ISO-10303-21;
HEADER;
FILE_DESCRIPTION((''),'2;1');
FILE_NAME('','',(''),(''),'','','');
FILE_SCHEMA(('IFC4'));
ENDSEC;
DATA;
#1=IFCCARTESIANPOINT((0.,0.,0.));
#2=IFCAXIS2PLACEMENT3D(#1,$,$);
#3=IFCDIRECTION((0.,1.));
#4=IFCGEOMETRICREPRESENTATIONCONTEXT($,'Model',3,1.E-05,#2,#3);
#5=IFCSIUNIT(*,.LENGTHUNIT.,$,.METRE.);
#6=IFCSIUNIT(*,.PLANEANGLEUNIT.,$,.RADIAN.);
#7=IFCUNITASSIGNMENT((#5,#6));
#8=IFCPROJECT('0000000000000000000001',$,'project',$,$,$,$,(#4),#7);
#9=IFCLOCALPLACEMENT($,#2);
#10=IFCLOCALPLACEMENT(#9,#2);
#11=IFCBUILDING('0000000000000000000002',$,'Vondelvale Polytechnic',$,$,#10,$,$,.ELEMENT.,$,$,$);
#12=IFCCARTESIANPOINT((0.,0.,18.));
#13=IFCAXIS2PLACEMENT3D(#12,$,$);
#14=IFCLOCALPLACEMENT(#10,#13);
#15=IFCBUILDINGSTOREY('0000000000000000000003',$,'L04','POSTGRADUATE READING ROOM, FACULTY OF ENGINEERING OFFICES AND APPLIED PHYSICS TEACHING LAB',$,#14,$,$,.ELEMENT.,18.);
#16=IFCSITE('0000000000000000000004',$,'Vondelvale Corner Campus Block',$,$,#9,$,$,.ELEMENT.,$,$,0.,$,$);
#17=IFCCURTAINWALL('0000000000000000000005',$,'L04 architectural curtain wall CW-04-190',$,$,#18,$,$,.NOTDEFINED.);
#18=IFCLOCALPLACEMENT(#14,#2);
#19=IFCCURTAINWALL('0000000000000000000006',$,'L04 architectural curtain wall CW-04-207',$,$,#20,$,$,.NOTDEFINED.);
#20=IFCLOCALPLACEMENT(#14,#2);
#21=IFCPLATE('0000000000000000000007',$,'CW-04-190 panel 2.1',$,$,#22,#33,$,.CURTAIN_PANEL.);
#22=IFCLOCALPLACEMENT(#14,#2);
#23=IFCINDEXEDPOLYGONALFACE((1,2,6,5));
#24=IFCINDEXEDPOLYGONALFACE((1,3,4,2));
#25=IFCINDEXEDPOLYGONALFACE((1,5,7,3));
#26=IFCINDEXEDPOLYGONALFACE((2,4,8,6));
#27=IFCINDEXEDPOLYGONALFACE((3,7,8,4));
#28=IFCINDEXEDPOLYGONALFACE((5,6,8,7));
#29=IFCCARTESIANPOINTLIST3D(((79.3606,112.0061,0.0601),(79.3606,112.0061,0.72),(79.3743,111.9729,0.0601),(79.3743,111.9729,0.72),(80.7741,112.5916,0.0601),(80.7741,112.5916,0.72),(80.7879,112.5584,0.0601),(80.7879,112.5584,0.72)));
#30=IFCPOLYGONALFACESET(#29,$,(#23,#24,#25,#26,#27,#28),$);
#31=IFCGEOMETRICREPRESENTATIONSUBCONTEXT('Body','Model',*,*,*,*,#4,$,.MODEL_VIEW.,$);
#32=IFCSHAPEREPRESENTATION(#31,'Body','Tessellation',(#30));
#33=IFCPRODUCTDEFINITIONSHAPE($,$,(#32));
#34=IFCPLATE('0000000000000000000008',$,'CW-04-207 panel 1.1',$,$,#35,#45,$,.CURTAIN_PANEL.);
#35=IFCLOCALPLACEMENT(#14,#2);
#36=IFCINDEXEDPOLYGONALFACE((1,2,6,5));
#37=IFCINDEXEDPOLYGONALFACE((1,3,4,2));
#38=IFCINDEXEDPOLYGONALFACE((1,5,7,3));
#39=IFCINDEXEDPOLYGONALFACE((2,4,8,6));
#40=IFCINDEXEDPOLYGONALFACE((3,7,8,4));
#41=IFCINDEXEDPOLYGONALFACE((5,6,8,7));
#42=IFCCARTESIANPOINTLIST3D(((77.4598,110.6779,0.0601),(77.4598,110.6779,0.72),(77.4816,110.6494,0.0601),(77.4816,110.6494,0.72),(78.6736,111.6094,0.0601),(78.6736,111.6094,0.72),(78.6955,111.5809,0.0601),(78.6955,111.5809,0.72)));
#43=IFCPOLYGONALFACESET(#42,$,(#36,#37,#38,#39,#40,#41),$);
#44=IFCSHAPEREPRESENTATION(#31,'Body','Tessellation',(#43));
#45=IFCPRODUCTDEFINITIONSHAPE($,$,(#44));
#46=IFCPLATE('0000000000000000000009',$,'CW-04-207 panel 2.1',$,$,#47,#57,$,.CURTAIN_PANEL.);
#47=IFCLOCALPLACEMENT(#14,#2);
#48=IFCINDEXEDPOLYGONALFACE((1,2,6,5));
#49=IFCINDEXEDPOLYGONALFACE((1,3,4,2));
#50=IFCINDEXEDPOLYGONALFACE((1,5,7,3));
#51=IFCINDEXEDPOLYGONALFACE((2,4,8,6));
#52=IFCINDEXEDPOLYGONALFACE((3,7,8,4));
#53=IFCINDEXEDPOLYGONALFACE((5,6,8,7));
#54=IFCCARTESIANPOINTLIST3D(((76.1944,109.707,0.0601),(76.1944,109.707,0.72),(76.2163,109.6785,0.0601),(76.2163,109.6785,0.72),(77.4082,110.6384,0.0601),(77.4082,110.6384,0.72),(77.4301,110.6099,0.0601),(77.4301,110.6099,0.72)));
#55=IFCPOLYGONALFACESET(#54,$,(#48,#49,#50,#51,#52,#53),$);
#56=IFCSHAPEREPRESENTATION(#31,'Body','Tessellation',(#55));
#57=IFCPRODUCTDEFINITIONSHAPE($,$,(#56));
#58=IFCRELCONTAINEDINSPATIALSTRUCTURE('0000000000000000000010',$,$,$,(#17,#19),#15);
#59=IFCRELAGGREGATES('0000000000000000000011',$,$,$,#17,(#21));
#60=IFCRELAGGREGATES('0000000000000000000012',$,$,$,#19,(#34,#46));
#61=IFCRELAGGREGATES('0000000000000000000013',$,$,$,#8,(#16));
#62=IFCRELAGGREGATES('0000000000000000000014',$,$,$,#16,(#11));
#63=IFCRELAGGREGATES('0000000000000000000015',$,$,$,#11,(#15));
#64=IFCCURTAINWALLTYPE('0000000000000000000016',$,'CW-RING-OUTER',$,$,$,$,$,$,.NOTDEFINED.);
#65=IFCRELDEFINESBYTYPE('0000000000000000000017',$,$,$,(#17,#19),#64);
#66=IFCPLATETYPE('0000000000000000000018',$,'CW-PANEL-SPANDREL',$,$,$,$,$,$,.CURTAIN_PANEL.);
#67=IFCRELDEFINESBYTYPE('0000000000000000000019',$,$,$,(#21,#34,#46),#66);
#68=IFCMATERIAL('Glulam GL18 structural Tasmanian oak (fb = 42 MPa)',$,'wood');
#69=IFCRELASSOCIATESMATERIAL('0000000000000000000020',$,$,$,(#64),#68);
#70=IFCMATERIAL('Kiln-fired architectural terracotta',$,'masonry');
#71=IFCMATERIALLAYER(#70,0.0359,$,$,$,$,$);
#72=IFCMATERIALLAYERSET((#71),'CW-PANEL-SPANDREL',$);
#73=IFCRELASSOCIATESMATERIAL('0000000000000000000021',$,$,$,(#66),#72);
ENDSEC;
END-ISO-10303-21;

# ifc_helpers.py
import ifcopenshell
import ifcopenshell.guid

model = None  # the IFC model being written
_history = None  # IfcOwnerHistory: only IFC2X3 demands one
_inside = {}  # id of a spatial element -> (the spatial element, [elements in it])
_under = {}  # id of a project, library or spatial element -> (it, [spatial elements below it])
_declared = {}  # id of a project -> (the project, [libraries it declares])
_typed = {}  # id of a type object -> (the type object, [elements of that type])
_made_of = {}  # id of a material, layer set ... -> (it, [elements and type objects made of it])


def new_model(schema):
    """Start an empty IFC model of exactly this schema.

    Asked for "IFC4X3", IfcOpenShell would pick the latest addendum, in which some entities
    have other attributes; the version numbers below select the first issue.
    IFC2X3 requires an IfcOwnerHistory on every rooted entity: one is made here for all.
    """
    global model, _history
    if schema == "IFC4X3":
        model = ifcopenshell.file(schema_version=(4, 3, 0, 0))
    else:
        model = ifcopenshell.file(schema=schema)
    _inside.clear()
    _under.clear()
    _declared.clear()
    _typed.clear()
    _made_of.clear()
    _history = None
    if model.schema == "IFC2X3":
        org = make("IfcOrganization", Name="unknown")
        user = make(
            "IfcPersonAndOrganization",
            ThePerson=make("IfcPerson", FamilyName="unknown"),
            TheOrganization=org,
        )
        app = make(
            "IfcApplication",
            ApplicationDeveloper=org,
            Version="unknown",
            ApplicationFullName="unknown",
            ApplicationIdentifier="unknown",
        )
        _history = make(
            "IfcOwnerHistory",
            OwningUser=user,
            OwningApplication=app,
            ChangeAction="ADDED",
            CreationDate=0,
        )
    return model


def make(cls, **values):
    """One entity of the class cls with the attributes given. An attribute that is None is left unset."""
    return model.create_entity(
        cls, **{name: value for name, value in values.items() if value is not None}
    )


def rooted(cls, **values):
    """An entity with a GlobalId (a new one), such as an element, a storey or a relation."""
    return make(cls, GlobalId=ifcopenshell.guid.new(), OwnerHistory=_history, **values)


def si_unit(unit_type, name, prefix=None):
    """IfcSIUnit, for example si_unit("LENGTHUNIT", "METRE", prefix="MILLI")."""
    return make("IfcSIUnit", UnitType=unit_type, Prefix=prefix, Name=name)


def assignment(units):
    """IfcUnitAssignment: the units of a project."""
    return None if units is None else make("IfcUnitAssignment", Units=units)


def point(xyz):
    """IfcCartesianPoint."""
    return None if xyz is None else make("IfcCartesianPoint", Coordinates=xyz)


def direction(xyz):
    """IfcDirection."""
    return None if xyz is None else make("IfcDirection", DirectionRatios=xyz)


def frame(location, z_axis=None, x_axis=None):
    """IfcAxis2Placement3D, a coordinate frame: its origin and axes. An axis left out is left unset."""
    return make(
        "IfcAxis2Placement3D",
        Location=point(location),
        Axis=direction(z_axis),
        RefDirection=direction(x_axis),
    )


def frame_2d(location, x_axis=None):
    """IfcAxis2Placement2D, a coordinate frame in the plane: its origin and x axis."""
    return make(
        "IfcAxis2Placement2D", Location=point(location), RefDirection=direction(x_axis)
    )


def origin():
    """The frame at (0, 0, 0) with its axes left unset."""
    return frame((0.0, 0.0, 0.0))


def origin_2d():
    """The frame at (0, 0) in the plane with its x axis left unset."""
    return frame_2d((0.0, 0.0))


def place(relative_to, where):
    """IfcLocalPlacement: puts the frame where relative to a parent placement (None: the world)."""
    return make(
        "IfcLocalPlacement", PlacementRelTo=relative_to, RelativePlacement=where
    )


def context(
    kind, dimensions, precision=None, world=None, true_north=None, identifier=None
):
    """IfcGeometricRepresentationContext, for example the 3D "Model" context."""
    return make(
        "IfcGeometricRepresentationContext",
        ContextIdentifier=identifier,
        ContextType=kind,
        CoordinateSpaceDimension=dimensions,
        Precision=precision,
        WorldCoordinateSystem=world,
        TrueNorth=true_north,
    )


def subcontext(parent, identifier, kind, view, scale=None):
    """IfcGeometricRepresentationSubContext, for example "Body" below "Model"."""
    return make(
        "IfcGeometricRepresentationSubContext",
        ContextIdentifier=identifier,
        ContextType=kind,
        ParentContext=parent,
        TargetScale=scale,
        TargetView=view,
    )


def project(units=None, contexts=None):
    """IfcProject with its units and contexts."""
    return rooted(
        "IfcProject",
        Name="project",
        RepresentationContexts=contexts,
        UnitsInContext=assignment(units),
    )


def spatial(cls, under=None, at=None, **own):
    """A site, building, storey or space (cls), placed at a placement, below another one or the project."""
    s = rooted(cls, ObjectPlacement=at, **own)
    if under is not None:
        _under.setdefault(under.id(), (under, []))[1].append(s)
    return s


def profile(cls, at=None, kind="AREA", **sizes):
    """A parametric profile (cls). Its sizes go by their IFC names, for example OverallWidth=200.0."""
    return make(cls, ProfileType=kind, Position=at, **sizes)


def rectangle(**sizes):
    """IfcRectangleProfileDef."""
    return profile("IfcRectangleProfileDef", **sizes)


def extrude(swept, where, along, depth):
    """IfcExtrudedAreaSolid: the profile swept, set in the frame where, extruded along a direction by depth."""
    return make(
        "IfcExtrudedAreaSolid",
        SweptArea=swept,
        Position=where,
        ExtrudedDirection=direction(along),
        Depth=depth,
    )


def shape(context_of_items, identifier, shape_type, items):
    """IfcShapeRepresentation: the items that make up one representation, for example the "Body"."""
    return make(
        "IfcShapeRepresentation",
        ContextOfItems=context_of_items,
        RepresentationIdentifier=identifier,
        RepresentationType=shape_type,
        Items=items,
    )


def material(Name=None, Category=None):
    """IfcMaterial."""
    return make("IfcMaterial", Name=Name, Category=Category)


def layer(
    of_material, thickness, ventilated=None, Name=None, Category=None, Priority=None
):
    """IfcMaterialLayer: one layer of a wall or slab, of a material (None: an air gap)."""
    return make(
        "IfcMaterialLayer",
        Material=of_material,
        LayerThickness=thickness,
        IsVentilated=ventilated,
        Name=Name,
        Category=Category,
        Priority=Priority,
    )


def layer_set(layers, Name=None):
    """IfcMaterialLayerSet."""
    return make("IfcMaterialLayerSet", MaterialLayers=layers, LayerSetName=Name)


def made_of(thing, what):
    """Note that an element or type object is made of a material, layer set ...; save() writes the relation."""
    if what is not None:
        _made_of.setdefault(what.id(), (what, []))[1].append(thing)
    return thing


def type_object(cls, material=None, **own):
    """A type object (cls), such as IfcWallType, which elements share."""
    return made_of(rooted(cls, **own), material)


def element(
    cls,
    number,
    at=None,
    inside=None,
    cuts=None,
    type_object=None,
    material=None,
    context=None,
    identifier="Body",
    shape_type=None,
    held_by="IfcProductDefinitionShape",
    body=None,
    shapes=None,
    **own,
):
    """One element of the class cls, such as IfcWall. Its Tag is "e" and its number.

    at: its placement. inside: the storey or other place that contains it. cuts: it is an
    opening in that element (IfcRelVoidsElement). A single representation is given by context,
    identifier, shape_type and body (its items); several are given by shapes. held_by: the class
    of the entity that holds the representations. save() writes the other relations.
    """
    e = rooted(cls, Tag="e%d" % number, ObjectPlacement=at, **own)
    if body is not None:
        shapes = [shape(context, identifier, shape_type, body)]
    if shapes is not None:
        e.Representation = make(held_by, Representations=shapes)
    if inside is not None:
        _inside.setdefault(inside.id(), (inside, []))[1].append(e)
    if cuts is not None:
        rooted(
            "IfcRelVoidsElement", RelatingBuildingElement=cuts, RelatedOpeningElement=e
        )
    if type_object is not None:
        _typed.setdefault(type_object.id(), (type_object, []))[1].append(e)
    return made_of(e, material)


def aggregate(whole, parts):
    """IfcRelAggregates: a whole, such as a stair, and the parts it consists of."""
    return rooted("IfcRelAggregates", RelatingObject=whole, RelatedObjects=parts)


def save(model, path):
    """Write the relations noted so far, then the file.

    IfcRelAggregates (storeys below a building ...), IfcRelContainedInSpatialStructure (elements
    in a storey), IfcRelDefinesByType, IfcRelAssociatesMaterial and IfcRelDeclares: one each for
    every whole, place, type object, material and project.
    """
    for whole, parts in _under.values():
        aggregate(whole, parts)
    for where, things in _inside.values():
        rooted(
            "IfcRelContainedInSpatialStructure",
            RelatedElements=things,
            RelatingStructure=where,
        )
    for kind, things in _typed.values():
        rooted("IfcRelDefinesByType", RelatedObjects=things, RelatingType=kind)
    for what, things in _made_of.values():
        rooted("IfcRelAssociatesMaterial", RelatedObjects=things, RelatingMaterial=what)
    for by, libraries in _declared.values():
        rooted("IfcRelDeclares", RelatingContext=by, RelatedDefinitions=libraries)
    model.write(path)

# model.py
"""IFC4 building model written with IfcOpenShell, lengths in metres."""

from ifc_helpers import new_model, si_unit, direction, frame, origin, origin_2d, place, context, subcontext, project, spatial, rectangle, extrude, material, layer, layer_set, type_object, element, aggregate, save


model = new_model("IFC4")

# Units and contexts
model_context = context("Model", 3, precision=1e-05, world=origin(), true_north=direction((0.0, 1.0)))
body_context = subcontext(model_context, "Body", "Model", "MODEL_VIEW")
ifc_project = project(units=[si_unit("LENGTHUNIT", "METRE"), si_unit("PLANEANGLEUNIT", "RADIAN")], contexts=[model_context])

# Site, building, storey
site_placement = place(None, origin())
site = spatial("IfcSite", under=ifc_project, at=site_placement, Name="Vondelvale Corner Campus Block", CompositionType="ELEMENT", RefElevation=0.0)
building_placement = place(site_placement, origin())
building = spatial("IfcBuilding", under=site, at=building_placement, Name="Vondelvale Polytechnic", CompositionType="ELEMENT")
storey_placement = place(building_placement, frame((0.0, 0.0, 18.0)))
storey = spatial("IfcBuildingStorey", under=building, at=storey_placement, Name="L04", Description="POSTGRADUATE READING ROOM, FACULTY OF ENGINEERING OFFICES AND APPLIED PHYSICS TEACHING LAB", CompositionType="ELEMENT", Elevation=18.0)

# Curtain wall
ifc_material_1 = material(Name="Glulam GL18 structural Tasmanian oak (fb = 42 MPa)", Category="wood")
curtain_wall_type = type_object("IfcCurtainWallType", Name="CW-RING-OUTER", PredefinedType="NOTDEFINED", material=ifc_material_1)
curtain_wall_1_placement = place(storey_placement, origin())
curtain_wall_1 = element("IfcCurtainWall", 1, at=curtain_wall_1_placement, inside=storey, type_object=curtain_wall_type, Name="L04 architectural curtain wall CW-04-190", PredefinedType="NOTDEFINED")

# Curtain wall
curtain_wall_2_placement = place(storey_placement, origin())
curtain_wall_2 = element("IfcCurtainWall", 2, at=curtain_wall_2_placement, inside=storey, type_object=curtain_wall_type, Name="L04 architectural curtain wall CW-04-207", PredefinedType="NOTDEFINED")

# Plates
ifc_material_2 = material(Name="Kiln-fired architectural terracotta", Category="masonry")
ifc_layer_1 = layer(ifc_material_2, 0.0359)
ifc_layer_set_1 = layer_set([ifc_layer_1], Name="CW-PANEL-SPANDREL")
plate_type_1 = type_object("IfcPlateType", Name="CW-PANEL-SPANDREL", PredefinedType="CURTAIN_PANEL", material=ifc_layer_set_1)
plate_1_placement = place(storey_placement, frame((80.0742, 112.2822, 0.0601), z_axis=(0.0, 0.0, 1.0), x_axis=(-0.923882, -0.382677, 0.0)))
plate_1 = element("IfcPlate", 3, at=plate_1_placement, type_object=plate_type_1, Name="CW-04-190 panel 2.1", PredefinedType="CURTAIN_PANEL", context=body_context, shape_type="SweptSolid", body=[
    extrude(rectangle(XDim=1.53, YDim=0.0359, at=origin_2d()), origin(), (0.0, 0.0, 1.0), 0.6599),
])
aggregate(curtain_wall_1, [plate_1])
plate_2_placement = place(storey_placement, frame((78.0776, 111.1294, 0.0601), z_axis=(0.0, 0.0, 1.0), x_axis=(-0.793334, -0.608787, 0.0)))
plate_2 = element("IfcPlate", 4, at=plate_2_placement, type_object=plate_type_1, Name="CW-04-207 panel 1.1", PredefinedType="CURTAIN_PANEL", context=body_context, shape_type="SweptSolid", body=[
    extrude(rectangle(XDim=1.53, YDim=0.0359, at=origin_2d()), origin(), (0.0, 0.0, 1.0), 0.6599),
])
plate_3_placement = place(storey_placement, frame((76.8123, 110.1584, 0.0601), z_axis=(0.0, 0.0, 1.0), x_axis=(-0.793334, -0.608787, 0.0)))
plate_3 = element("IfcPlate", 5, at=plate_3_placement, type_object=plate_type_1, Name="CW-04-207 panel 2.1", PredefinedType="CURTAIN_PANEL", context=body_context, shape_type="SweptSolid", body=[
    extrude(rectangle(XDim=1.53, YDim=0.0359, at=origin_2d()), origin(), (0.0, 0.0, 1.0), 0.6599),
])
aggregate(curtain_wall_2, [plate_2, plate_3])

save(model, "model.ifc")
